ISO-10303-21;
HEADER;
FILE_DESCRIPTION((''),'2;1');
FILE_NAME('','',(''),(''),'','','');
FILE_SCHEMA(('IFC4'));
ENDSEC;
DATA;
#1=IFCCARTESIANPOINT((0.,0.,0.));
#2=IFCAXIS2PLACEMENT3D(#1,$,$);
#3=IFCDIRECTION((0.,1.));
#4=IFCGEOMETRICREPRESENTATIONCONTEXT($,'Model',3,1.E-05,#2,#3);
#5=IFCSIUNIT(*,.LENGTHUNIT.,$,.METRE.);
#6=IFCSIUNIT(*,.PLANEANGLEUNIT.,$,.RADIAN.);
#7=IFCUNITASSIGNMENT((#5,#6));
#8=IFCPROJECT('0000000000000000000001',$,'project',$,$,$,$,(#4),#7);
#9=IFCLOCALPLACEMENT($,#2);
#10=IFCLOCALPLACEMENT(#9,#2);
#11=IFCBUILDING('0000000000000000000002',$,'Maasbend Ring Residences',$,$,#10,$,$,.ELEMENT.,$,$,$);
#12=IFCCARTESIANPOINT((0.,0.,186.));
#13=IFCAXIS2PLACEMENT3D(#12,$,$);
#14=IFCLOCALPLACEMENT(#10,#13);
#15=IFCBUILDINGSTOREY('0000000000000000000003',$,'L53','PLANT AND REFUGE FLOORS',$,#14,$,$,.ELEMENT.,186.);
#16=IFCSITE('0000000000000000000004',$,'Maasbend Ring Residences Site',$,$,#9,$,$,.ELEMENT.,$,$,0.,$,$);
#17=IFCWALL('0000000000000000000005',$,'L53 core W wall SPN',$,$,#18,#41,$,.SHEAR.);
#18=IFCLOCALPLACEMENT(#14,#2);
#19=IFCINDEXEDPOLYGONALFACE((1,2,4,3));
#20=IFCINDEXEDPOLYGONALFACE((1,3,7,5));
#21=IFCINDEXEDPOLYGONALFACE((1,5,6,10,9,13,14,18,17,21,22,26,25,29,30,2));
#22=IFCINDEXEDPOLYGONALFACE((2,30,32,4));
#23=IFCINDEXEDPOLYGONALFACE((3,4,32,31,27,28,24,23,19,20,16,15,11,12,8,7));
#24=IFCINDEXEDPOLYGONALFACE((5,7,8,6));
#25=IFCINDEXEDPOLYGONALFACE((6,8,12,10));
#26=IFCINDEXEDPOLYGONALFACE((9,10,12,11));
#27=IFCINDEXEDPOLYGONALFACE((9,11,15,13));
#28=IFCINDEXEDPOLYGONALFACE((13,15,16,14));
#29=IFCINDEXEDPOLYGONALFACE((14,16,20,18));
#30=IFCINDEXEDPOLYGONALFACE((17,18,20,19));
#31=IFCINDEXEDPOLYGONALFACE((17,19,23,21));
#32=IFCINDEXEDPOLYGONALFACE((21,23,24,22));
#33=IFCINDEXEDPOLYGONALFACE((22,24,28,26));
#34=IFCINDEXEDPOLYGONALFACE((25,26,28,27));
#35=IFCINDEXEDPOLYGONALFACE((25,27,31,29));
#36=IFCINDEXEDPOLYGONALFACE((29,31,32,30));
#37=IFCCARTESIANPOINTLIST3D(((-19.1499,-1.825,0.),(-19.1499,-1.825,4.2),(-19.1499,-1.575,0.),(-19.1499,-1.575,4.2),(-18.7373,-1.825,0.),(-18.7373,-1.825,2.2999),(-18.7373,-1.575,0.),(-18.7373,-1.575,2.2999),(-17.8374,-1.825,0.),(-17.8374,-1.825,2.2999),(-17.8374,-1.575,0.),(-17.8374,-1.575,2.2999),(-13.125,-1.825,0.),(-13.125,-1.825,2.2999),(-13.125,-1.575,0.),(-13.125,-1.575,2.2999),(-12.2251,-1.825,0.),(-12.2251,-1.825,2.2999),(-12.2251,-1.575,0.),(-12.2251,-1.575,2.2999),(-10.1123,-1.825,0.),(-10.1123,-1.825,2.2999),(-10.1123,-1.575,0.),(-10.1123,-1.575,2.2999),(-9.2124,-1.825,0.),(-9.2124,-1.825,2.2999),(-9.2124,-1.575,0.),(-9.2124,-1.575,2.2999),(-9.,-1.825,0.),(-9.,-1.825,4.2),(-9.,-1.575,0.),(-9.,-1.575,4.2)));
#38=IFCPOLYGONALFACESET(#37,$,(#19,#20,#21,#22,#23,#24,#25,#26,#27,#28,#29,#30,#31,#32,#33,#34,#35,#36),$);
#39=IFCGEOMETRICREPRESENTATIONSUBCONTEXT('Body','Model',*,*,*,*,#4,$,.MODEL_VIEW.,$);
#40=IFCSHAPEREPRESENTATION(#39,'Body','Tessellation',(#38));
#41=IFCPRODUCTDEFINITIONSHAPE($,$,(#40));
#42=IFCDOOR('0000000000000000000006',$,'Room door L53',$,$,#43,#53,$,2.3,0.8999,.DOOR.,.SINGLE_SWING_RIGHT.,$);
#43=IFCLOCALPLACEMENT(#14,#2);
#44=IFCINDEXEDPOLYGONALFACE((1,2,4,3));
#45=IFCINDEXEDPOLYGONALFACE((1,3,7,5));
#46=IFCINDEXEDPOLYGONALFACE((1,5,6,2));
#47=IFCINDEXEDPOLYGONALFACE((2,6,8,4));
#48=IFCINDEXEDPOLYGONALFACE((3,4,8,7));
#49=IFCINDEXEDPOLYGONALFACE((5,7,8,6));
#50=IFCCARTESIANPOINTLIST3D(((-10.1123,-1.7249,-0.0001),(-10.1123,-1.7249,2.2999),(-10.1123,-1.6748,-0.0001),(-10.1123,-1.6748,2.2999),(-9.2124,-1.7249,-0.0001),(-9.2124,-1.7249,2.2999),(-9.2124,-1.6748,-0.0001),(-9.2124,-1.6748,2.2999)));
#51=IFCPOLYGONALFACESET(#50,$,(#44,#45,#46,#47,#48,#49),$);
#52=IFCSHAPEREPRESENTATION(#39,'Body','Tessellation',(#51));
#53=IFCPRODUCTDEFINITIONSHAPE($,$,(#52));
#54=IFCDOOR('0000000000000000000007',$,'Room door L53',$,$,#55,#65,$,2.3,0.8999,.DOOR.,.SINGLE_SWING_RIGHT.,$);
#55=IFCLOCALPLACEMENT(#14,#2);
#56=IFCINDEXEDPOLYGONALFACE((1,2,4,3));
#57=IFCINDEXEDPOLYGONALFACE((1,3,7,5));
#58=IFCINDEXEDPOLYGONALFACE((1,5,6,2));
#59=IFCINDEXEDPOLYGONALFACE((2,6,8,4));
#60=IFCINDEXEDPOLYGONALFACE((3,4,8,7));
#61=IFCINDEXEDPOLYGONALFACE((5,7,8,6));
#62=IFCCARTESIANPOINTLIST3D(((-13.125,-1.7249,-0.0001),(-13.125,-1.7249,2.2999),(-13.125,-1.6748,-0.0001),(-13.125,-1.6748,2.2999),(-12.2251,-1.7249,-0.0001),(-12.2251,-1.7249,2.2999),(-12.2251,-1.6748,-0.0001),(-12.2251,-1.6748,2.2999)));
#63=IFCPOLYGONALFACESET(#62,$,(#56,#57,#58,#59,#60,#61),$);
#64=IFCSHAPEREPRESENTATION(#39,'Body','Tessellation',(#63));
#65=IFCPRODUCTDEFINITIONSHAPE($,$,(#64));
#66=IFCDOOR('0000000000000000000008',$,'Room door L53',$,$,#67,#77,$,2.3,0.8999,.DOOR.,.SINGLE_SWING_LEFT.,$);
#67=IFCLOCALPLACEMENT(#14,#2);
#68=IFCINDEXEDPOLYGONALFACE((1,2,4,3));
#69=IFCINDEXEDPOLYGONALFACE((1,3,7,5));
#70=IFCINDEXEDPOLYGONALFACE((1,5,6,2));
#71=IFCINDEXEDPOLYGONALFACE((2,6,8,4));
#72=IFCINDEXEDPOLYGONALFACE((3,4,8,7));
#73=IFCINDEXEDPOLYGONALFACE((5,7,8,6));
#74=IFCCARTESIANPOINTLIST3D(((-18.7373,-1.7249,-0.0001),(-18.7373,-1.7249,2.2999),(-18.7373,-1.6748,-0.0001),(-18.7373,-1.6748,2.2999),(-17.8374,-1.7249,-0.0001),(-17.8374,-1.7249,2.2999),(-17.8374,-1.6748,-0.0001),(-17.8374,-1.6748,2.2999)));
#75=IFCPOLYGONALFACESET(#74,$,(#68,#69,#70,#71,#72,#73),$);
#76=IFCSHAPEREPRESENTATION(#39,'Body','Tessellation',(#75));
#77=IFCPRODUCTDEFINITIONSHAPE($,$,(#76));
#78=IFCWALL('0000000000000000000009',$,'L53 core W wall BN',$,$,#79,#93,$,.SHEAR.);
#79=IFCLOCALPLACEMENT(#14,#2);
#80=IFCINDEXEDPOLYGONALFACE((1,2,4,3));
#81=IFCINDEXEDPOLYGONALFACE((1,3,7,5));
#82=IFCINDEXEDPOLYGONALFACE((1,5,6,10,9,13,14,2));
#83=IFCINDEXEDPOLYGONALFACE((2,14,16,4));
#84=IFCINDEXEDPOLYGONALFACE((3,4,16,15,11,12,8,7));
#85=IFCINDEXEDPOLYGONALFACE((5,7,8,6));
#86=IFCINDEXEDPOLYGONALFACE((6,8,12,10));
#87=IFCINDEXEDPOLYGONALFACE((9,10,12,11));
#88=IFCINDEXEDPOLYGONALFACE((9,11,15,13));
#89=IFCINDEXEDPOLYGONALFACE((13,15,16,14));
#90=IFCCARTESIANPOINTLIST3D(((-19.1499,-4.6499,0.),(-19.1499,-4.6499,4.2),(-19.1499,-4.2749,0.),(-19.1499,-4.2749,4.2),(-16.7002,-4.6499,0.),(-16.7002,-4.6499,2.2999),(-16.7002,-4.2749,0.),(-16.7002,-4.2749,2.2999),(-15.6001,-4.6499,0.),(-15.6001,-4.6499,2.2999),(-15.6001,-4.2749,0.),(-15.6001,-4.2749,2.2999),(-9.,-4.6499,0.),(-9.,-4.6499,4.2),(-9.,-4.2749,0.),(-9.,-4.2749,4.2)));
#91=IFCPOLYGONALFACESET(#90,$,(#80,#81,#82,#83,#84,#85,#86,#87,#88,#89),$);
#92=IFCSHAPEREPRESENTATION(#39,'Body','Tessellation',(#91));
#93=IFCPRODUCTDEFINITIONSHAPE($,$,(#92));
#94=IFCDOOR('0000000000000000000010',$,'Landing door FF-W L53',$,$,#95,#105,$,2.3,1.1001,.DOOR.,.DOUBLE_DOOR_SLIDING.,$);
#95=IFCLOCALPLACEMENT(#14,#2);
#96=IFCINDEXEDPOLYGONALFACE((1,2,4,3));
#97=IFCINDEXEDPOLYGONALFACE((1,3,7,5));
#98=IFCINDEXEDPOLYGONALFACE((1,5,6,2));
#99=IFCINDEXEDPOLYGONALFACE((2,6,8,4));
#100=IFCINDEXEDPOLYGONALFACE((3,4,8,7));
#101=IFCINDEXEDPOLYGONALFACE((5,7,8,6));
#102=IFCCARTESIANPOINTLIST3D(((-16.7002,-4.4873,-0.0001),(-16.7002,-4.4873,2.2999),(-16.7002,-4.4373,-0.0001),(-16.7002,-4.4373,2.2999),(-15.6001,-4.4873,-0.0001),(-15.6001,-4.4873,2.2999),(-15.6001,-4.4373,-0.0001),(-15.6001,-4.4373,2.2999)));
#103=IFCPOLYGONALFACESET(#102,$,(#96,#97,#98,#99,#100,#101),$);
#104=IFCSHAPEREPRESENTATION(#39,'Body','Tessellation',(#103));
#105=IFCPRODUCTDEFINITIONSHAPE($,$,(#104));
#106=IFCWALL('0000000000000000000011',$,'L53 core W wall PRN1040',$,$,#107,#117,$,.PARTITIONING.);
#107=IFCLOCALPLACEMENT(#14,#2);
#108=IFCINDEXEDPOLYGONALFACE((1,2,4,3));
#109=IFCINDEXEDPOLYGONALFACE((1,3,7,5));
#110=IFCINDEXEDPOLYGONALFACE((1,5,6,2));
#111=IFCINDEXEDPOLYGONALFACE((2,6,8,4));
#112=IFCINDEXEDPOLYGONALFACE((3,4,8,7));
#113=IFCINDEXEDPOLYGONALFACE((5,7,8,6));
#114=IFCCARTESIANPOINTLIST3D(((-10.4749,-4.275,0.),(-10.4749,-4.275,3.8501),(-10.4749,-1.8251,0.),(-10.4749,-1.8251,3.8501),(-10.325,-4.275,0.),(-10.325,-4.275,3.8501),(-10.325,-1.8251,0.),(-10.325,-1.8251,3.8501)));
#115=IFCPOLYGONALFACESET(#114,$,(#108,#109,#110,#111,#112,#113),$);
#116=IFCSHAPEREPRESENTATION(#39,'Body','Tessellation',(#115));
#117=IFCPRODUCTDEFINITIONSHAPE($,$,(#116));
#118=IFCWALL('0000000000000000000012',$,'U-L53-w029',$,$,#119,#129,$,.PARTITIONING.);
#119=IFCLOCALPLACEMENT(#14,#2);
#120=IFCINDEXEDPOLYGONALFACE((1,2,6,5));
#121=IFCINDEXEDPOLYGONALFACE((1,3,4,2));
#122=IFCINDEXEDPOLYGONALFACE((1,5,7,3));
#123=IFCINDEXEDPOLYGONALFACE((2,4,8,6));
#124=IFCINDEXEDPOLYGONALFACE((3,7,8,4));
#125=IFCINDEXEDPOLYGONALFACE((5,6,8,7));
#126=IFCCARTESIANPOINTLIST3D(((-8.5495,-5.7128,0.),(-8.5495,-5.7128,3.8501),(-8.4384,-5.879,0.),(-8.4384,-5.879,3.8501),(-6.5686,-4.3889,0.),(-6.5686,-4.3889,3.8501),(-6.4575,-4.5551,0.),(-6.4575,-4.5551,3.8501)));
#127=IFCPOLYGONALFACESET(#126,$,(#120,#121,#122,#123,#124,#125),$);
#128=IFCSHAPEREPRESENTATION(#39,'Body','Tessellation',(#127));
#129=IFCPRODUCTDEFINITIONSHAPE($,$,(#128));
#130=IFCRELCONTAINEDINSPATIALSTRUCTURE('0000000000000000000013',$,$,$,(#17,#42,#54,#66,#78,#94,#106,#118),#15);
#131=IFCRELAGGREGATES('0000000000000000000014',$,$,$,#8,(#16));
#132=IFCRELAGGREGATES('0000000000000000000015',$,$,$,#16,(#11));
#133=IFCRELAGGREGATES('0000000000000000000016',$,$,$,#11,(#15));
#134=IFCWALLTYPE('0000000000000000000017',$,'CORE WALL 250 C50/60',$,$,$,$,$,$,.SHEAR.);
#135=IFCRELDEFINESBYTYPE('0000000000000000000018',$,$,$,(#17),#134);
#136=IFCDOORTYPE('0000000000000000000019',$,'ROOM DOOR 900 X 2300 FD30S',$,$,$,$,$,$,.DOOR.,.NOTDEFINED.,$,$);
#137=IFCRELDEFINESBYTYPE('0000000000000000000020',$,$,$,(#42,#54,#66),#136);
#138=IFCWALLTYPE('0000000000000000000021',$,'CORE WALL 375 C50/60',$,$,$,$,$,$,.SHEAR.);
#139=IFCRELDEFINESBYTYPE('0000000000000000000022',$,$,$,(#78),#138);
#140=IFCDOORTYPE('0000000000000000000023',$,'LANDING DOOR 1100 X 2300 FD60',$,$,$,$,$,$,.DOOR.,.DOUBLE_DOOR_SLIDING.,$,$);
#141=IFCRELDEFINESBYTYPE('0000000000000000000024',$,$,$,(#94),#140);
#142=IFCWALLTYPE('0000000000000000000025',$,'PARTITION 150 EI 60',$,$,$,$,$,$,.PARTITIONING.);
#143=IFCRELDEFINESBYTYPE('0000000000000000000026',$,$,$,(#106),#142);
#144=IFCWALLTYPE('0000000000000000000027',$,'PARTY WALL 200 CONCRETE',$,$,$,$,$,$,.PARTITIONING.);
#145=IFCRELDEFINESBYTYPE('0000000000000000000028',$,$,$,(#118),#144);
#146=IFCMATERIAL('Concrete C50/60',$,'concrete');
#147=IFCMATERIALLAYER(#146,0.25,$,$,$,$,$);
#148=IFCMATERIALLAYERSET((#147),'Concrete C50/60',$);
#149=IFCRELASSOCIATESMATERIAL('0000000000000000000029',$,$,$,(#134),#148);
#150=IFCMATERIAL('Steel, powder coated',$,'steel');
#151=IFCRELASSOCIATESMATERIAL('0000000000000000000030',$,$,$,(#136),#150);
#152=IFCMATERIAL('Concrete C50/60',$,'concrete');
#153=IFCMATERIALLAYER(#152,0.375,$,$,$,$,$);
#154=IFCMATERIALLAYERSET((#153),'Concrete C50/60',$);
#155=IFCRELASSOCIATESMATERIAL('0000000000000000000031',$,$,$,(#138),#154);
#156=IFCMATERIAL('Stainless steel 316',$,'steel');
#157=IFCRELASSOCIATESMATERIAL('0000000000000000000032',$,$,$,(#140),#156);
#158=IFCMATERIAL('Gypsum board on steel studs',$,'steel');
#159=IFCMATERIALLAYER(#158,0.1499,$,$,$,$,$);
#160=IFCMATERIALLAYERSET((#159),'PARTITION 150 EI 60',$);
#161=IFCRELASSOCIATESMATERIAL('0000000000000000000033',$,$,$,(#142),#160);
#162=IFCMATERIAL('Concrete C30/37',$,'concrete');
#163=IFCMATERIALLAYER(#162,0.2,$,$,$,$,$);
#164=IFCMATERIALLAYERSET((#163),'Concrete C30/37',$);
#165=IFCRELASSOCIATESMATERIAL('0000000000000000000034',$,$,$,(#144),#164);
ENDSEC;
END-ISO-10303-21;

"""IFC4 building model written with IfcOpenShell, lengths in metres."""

from ifc_helpers import new_model, si_unit, direction, frame, frame_2d, origin, place, context, subcontext, project, spatial, rectangle, extrude, material, layer, layer_set, type_object, element, fill, save


model = new_model("IFC4")

# Units and contexts
model_context = context("Model", 3, precision=1e-05, world=origin(), true_north=direction((0.0, 1.0)))
body_context = subcontext(model_context, "Body", "Model", "MODEL_VIEW")
ifc_project = project(units=[si_unit("LENGTHUNIT", "METRE"), si_unit("PLANEANGLEUNIT", "RADIAN")], contexts=[model_context])

# Site, building, storey
site_placement = place(None, origin())
site = spatial("IfcSite", under=ifc_project, at=site_placement, Name="Maasbend Ring Residences Site", CompositionType="ELEMENT", RefElevation=0.0)
building_placement = place(site_placement, origin())
building = spatial("IfcBuilding", under=site, at=building_placement, Name="Maasbend Ring Residences", CompositionType="ELEMENT")
storey_placement = place(building_placement, frame((0.0, 0.0, 186.0)))
storey = spatial("IfcBuildingStorey", under=building, at=storey_placement, Name="L53", Description="PLANT AND REFUGE FLOORS", CompositionType="ELEMENT", Elevation=186.0)

# Wall, openings, doors
ifc_material_1 = material(Name="Concrete C50/60", Category="concrete")
ifc_layer_1 = layer(ifc_material_1, 0.25)
ifc_layer_set_1 = layer_set([ifc_layer_1], Name="Concrete C50/60")
wall_type_1 = type_object("IfcWallType", Name="CORE WALL 250 C50/60", PredefinedType="SHEAR", material=ifc_layer_set_1)
wall_1_placement = place(storey_placement, frame((-9.0, -1.7, 0.0), z_axis=(0.0, 0.0, 1.0), x_axis=(-1.0, 0.0, 0.0)))
wall_1 = element("IfcWall", 1, at=wall_1_placement, inside=storey, type_object=wall_type_1, Name="L53 core W wall SPN", PredefinedType="SHEAR", context=body_context, shape_type="SweptSolid", body=[
    extrude(rectangle(XDim=10.1499, YDim=0.25, at=frame_2d((5.075, 0.0))), origin(), (0.0, 0.0, 1.0), 4.2),
])
opening_1_placement = place(wall_1_placement, frame((0.2124, 0.0, 0.0)))
opening_1 = element("IfcOpeningElement", 2, at=opening_1_placement, cuts=wall_1, PredefinedType="OPENING", context=body_context, shape_type="SweptSolid", body=[
    extrude(rectangle(XDim=0.8999, YDim=2.3, at=frame_2d((0.45, 1.1499))), frame((0.0, 0.135, 0.0), z_axis=(0.0, -1.0, 0.0), x_axis=(1.0, 0.0, 0.0)), (0.0, 0.0, 1.0), 0.27),
])
opening_2_placement = place(wall_1_placement, frame((3.2251, 0.0, 0.0)))
opening_2 = element("IfcOpeningElement", 3, at=opening_2_placement, cuts=wall_1, PredefinedType="OPENING", context=body_context, shape_type="SweptSolid", body=[
    extrude(rectangle(XDim=0.8999, YDim=2.3, at=frame_2d((0.45, 1.1499))), frame((0.0, 0.135, 0.0), z_axis=(0.0, -1.0, 0.0), x_axis=(1.0, 0.0, 0.0)), (0.0, 0.0, 1.0), 0.27),
])
opening_3_placement = place(wall_1_placement, frame((8.8374, 0.0, 0.0)))
opening_3 = element("IfcOpeningElement", 4, at=opening_3_placement, cuts=wall_1, PredefinedType="OPENING", context=body_context, shape_type="SweptSolid", body=[
    extrude(rectangle(XDim=0.8999, YDim=2.3, at=frame_2d((0.45, 1.1499))), frame((0.0, 0.135, 0.0), z_axis=(0.0, -1.0, 0.0), x_axis=(1.0, 0.0, 0.0)), (0.0, 0.0, 1.0), 0.27),
])
ifc_material_2 = material(Name="Steel, powder coated", Category="steel")
door_type_1 = type_object("IfcDoorType", Name="ROOM DOOR 900 X 2300 FD30S", OperationType="NOTDEFINED", PredefinedType="DOOR", material=ifc_material_2)
door_1_placement = place(opening_1_placement, origin())
door_1 = element("IfcDoor", 5, at=door_1_placement, inside=storey, type_object=door_type_1, Name="Room door L53", OperationType="SINGLE_SWING_RIGHT", OverallHeight=2.3, OverallWidth=0.8999, PredefinedType="DOOR", context=body_context, shape_type="SweptSolid", body=[
    extrude(rectangle(XDim=0.8999, YDim=2.3, at=frame_2d((0.45, 1.1499))), frame((0.0, 0.0249, 0.0), z_axis=(0.0, -1.0, 0.0), x_axis=(1.0, 0.0, 0.0)), (0.0, 0.0, 1.0), 0.05),
])
fill(opening_1, door_1)
door_2_placement = place(opening_2_placement, origin())
door_2 = element("IfcDoor", 6, at=door_2_placement, inside=storey, type_object=door_type_1, Name="Room door L53", OperationType="SINGLE_SWING_RIGHT", OverallHeight=2.3, OverallWidth=0.8999, PredefinedType="DOOR", context=body_context, shape_type="SweptSolid", body=[
    extrude(rectangle(XDim=0.8999, YDim=2.3, at=frame_2d((0.45, 1.1499))), frame((0.0, 0.0249, 0.0), z_axis=(0.0, -1.0, 0.0), x_axis=(1.0, 0.0, 0.0)), (0.0, 0.0, 1.0), 0.05),
])
fill(opening_2, door_2)
door_3_placement = place(opening_3_placement, origin())
door_3 = element("IfcDoor", 7, at=door_3_placement, inside=storey, type_object=door_type_1, Name="Room door L53", OperationType="SINGLE_SWING_LEFT", OverallHeight=2.3, OverallWidth=0.8999, PredefinedType="DOOR", context=body_context, shape_type="SweptSolid", body=[
    extrude(rectangle(XDim=0.8999, YDim=2.3, at=frame_2d((0.45, 1.1499))), frame((0.0, 0.0249, 0.0), z_axis=(0.0, -1.0, 0.0), x_axis=(1.0, 0.0, 0.0)), (0.0, 0.0, 1.0), 0.05),
])
fill(opening_3, door_3)

# Wall, opening, door
ifc_material_3 = material(Name="Concrete C50/60", Category="concrete")
ifc_layer_2 = layer(ifc_material_3, 0.375)
ifc_layer_set_2 = layer_set([ifc_layer_2], Name="Concrete C50/60")
wall_type_2 = type_object("IfcWallType", Name="CORE WALL 375 C50/60", PredefinedType="SHEAR", material=ifc_layer_set_2)
wall_2_placement = place(storey_placement, frame((-9.0, -4.4624, 0.0), z_axis=(0.0, 0.0, 1.0), x_axis=(-1.0, 0.0, 0.0)))
wall_2 = element("IfcWall", 8, at=wall_2_placement, inside=storey, type_object=wall_type_2, Name="L53 core W wall BN", PredefinedType="SHEAR", context=body_context, shape_type="SweptSolid", body=[
    extrude(rectangle(XDim=10.1499, YDim=0.375, at=frame_2d((5.075, 0.0))), origin(), (0.0, 0.0, 1.0), 4.2),
])
opening_4_placement = place(wall_2_placement, frame((6.6001, 0.0, 0.0)))
opening_4 = element("IfcOpeningElement", 9, at=opening_4_placement, cuts=wall_2, PredefinedType="OPENING", context=body_context, shape_type="SweptSolid", body=[
    extrude(rectangle(XDim=1.1001, YDim=2.3, at=frame_2d((0.55, 1.1499))), frame((0.0, 0.1975, 0.0), z_axis=(0.0, -1.0, 0.0), x_axis=(1.0, 0.0, 0.0)), (0.0, 0.0, 1.0), 0.395),
])
ifc_material_4 = material(Name="Stainless steel 316", Category="steel")
door_type_2 = type_object("IfcDoorType", Name="LANDING DOOR 1100 X 2300 FD60", OperationType="DOUBLE_DOOR_SLIDING", PredefinedType="DOOR", material=ifc_material_4)
door_4_placement = place(opening_4_placement, origin())
door_4 = element("IfcDoor", 10, at=door_4_placement, inside=storey, type_object=door_type_2, Name="Landing door FF-W L53", OperationType="DOUBLE_DOOR_SLIDING", OverallHeight=2.3, OverallWidth=1.1001, PredefinedType="DOOR", context=body_context, shape_type="SweptSolid", body=[
    extrude(rectangle(XDim=1.1001, YDim=2.3, at=frame_2d((0.55, 1.1499))), frame((0.0, 0.0249, 0.0), z_axis=(0.0, -1.0, 0.0), x_axis=(1.0, 0.0, 0.0)), (0.0, 0.0, 1.0), 0.05),
])
fill(opening_4, door_4)

# Walls
ifc_material_5 = material(Name="Gypsum board on steel studs", Category="steel")
ifc_layer_3 = layer(ifc_material_5, 0.1499)
ifc_layer_set_3 = layer_set([ifc_layer_3], Name="PARTITION 150 EI 60")
wall_type_3 = type_object("IfcWallType", Name="PARTITION 150 EI 60", PredefinedType="PARTITIONING", material=ifc_layer_set_3)
wall_3_placement = place(storey_placement, frame((-10.3999, -1.825, 0.0), z_axis=(0.0, 0.0, 1.0), x_axis=(0.0, -1.0, 0.0)))
element("IfcWall", 11, at=wall_3_placement, inside=storey, type_object=wall_type_3, Name="L53 core W wall PRN1040", PredefinedType="PARTITIONING", context=body_context, shape_type="SweptSolid", body=[
    extrude(rectangle(XDim=2.45, YDim=0.1499, at=frame_2d((1.2251, 0.0))), origin(), (0.0, 0.0, 1.0), 3.8501),
])
ifc_material_6 = material(Name="Concrete C30/37", Category="concrete")
ifc_layer_4 = layer(ifc_material_6, 0.2)
ifc_layer_set_4 = layer_set([ifc_layer_4], Name="Concrete C30/37")
wall_type_4 = type_object("IfcWallType", Name="PARTY WALL 200 CONCRETE", PredefinedType="PARTITIONING", material=ifc_layer_set_4)
wall_4_placement = place(storey_placement, frame((-6.5129, -4.4719, 0.0), z_axis=(0.0, 0.0, 1.0), x_axis=(-0.831403, -0.555669, 0.0)))
element("IfcWall", 12, at=wall_4_placement, inside=storey, type_object=wall_type_4, Name="U-L53-w029", PredefinedType="PARTITIONING", context=body_context, shape_type="SweptSolid", body=[
    extrude(rectangle(XDim=2.3826, YDim=0.2, at=frame_2d((1.1914, 0.0))), origin(), (0.0, 0.0, 1.0), 3.8501),
])

save(model, "model.ifc")
